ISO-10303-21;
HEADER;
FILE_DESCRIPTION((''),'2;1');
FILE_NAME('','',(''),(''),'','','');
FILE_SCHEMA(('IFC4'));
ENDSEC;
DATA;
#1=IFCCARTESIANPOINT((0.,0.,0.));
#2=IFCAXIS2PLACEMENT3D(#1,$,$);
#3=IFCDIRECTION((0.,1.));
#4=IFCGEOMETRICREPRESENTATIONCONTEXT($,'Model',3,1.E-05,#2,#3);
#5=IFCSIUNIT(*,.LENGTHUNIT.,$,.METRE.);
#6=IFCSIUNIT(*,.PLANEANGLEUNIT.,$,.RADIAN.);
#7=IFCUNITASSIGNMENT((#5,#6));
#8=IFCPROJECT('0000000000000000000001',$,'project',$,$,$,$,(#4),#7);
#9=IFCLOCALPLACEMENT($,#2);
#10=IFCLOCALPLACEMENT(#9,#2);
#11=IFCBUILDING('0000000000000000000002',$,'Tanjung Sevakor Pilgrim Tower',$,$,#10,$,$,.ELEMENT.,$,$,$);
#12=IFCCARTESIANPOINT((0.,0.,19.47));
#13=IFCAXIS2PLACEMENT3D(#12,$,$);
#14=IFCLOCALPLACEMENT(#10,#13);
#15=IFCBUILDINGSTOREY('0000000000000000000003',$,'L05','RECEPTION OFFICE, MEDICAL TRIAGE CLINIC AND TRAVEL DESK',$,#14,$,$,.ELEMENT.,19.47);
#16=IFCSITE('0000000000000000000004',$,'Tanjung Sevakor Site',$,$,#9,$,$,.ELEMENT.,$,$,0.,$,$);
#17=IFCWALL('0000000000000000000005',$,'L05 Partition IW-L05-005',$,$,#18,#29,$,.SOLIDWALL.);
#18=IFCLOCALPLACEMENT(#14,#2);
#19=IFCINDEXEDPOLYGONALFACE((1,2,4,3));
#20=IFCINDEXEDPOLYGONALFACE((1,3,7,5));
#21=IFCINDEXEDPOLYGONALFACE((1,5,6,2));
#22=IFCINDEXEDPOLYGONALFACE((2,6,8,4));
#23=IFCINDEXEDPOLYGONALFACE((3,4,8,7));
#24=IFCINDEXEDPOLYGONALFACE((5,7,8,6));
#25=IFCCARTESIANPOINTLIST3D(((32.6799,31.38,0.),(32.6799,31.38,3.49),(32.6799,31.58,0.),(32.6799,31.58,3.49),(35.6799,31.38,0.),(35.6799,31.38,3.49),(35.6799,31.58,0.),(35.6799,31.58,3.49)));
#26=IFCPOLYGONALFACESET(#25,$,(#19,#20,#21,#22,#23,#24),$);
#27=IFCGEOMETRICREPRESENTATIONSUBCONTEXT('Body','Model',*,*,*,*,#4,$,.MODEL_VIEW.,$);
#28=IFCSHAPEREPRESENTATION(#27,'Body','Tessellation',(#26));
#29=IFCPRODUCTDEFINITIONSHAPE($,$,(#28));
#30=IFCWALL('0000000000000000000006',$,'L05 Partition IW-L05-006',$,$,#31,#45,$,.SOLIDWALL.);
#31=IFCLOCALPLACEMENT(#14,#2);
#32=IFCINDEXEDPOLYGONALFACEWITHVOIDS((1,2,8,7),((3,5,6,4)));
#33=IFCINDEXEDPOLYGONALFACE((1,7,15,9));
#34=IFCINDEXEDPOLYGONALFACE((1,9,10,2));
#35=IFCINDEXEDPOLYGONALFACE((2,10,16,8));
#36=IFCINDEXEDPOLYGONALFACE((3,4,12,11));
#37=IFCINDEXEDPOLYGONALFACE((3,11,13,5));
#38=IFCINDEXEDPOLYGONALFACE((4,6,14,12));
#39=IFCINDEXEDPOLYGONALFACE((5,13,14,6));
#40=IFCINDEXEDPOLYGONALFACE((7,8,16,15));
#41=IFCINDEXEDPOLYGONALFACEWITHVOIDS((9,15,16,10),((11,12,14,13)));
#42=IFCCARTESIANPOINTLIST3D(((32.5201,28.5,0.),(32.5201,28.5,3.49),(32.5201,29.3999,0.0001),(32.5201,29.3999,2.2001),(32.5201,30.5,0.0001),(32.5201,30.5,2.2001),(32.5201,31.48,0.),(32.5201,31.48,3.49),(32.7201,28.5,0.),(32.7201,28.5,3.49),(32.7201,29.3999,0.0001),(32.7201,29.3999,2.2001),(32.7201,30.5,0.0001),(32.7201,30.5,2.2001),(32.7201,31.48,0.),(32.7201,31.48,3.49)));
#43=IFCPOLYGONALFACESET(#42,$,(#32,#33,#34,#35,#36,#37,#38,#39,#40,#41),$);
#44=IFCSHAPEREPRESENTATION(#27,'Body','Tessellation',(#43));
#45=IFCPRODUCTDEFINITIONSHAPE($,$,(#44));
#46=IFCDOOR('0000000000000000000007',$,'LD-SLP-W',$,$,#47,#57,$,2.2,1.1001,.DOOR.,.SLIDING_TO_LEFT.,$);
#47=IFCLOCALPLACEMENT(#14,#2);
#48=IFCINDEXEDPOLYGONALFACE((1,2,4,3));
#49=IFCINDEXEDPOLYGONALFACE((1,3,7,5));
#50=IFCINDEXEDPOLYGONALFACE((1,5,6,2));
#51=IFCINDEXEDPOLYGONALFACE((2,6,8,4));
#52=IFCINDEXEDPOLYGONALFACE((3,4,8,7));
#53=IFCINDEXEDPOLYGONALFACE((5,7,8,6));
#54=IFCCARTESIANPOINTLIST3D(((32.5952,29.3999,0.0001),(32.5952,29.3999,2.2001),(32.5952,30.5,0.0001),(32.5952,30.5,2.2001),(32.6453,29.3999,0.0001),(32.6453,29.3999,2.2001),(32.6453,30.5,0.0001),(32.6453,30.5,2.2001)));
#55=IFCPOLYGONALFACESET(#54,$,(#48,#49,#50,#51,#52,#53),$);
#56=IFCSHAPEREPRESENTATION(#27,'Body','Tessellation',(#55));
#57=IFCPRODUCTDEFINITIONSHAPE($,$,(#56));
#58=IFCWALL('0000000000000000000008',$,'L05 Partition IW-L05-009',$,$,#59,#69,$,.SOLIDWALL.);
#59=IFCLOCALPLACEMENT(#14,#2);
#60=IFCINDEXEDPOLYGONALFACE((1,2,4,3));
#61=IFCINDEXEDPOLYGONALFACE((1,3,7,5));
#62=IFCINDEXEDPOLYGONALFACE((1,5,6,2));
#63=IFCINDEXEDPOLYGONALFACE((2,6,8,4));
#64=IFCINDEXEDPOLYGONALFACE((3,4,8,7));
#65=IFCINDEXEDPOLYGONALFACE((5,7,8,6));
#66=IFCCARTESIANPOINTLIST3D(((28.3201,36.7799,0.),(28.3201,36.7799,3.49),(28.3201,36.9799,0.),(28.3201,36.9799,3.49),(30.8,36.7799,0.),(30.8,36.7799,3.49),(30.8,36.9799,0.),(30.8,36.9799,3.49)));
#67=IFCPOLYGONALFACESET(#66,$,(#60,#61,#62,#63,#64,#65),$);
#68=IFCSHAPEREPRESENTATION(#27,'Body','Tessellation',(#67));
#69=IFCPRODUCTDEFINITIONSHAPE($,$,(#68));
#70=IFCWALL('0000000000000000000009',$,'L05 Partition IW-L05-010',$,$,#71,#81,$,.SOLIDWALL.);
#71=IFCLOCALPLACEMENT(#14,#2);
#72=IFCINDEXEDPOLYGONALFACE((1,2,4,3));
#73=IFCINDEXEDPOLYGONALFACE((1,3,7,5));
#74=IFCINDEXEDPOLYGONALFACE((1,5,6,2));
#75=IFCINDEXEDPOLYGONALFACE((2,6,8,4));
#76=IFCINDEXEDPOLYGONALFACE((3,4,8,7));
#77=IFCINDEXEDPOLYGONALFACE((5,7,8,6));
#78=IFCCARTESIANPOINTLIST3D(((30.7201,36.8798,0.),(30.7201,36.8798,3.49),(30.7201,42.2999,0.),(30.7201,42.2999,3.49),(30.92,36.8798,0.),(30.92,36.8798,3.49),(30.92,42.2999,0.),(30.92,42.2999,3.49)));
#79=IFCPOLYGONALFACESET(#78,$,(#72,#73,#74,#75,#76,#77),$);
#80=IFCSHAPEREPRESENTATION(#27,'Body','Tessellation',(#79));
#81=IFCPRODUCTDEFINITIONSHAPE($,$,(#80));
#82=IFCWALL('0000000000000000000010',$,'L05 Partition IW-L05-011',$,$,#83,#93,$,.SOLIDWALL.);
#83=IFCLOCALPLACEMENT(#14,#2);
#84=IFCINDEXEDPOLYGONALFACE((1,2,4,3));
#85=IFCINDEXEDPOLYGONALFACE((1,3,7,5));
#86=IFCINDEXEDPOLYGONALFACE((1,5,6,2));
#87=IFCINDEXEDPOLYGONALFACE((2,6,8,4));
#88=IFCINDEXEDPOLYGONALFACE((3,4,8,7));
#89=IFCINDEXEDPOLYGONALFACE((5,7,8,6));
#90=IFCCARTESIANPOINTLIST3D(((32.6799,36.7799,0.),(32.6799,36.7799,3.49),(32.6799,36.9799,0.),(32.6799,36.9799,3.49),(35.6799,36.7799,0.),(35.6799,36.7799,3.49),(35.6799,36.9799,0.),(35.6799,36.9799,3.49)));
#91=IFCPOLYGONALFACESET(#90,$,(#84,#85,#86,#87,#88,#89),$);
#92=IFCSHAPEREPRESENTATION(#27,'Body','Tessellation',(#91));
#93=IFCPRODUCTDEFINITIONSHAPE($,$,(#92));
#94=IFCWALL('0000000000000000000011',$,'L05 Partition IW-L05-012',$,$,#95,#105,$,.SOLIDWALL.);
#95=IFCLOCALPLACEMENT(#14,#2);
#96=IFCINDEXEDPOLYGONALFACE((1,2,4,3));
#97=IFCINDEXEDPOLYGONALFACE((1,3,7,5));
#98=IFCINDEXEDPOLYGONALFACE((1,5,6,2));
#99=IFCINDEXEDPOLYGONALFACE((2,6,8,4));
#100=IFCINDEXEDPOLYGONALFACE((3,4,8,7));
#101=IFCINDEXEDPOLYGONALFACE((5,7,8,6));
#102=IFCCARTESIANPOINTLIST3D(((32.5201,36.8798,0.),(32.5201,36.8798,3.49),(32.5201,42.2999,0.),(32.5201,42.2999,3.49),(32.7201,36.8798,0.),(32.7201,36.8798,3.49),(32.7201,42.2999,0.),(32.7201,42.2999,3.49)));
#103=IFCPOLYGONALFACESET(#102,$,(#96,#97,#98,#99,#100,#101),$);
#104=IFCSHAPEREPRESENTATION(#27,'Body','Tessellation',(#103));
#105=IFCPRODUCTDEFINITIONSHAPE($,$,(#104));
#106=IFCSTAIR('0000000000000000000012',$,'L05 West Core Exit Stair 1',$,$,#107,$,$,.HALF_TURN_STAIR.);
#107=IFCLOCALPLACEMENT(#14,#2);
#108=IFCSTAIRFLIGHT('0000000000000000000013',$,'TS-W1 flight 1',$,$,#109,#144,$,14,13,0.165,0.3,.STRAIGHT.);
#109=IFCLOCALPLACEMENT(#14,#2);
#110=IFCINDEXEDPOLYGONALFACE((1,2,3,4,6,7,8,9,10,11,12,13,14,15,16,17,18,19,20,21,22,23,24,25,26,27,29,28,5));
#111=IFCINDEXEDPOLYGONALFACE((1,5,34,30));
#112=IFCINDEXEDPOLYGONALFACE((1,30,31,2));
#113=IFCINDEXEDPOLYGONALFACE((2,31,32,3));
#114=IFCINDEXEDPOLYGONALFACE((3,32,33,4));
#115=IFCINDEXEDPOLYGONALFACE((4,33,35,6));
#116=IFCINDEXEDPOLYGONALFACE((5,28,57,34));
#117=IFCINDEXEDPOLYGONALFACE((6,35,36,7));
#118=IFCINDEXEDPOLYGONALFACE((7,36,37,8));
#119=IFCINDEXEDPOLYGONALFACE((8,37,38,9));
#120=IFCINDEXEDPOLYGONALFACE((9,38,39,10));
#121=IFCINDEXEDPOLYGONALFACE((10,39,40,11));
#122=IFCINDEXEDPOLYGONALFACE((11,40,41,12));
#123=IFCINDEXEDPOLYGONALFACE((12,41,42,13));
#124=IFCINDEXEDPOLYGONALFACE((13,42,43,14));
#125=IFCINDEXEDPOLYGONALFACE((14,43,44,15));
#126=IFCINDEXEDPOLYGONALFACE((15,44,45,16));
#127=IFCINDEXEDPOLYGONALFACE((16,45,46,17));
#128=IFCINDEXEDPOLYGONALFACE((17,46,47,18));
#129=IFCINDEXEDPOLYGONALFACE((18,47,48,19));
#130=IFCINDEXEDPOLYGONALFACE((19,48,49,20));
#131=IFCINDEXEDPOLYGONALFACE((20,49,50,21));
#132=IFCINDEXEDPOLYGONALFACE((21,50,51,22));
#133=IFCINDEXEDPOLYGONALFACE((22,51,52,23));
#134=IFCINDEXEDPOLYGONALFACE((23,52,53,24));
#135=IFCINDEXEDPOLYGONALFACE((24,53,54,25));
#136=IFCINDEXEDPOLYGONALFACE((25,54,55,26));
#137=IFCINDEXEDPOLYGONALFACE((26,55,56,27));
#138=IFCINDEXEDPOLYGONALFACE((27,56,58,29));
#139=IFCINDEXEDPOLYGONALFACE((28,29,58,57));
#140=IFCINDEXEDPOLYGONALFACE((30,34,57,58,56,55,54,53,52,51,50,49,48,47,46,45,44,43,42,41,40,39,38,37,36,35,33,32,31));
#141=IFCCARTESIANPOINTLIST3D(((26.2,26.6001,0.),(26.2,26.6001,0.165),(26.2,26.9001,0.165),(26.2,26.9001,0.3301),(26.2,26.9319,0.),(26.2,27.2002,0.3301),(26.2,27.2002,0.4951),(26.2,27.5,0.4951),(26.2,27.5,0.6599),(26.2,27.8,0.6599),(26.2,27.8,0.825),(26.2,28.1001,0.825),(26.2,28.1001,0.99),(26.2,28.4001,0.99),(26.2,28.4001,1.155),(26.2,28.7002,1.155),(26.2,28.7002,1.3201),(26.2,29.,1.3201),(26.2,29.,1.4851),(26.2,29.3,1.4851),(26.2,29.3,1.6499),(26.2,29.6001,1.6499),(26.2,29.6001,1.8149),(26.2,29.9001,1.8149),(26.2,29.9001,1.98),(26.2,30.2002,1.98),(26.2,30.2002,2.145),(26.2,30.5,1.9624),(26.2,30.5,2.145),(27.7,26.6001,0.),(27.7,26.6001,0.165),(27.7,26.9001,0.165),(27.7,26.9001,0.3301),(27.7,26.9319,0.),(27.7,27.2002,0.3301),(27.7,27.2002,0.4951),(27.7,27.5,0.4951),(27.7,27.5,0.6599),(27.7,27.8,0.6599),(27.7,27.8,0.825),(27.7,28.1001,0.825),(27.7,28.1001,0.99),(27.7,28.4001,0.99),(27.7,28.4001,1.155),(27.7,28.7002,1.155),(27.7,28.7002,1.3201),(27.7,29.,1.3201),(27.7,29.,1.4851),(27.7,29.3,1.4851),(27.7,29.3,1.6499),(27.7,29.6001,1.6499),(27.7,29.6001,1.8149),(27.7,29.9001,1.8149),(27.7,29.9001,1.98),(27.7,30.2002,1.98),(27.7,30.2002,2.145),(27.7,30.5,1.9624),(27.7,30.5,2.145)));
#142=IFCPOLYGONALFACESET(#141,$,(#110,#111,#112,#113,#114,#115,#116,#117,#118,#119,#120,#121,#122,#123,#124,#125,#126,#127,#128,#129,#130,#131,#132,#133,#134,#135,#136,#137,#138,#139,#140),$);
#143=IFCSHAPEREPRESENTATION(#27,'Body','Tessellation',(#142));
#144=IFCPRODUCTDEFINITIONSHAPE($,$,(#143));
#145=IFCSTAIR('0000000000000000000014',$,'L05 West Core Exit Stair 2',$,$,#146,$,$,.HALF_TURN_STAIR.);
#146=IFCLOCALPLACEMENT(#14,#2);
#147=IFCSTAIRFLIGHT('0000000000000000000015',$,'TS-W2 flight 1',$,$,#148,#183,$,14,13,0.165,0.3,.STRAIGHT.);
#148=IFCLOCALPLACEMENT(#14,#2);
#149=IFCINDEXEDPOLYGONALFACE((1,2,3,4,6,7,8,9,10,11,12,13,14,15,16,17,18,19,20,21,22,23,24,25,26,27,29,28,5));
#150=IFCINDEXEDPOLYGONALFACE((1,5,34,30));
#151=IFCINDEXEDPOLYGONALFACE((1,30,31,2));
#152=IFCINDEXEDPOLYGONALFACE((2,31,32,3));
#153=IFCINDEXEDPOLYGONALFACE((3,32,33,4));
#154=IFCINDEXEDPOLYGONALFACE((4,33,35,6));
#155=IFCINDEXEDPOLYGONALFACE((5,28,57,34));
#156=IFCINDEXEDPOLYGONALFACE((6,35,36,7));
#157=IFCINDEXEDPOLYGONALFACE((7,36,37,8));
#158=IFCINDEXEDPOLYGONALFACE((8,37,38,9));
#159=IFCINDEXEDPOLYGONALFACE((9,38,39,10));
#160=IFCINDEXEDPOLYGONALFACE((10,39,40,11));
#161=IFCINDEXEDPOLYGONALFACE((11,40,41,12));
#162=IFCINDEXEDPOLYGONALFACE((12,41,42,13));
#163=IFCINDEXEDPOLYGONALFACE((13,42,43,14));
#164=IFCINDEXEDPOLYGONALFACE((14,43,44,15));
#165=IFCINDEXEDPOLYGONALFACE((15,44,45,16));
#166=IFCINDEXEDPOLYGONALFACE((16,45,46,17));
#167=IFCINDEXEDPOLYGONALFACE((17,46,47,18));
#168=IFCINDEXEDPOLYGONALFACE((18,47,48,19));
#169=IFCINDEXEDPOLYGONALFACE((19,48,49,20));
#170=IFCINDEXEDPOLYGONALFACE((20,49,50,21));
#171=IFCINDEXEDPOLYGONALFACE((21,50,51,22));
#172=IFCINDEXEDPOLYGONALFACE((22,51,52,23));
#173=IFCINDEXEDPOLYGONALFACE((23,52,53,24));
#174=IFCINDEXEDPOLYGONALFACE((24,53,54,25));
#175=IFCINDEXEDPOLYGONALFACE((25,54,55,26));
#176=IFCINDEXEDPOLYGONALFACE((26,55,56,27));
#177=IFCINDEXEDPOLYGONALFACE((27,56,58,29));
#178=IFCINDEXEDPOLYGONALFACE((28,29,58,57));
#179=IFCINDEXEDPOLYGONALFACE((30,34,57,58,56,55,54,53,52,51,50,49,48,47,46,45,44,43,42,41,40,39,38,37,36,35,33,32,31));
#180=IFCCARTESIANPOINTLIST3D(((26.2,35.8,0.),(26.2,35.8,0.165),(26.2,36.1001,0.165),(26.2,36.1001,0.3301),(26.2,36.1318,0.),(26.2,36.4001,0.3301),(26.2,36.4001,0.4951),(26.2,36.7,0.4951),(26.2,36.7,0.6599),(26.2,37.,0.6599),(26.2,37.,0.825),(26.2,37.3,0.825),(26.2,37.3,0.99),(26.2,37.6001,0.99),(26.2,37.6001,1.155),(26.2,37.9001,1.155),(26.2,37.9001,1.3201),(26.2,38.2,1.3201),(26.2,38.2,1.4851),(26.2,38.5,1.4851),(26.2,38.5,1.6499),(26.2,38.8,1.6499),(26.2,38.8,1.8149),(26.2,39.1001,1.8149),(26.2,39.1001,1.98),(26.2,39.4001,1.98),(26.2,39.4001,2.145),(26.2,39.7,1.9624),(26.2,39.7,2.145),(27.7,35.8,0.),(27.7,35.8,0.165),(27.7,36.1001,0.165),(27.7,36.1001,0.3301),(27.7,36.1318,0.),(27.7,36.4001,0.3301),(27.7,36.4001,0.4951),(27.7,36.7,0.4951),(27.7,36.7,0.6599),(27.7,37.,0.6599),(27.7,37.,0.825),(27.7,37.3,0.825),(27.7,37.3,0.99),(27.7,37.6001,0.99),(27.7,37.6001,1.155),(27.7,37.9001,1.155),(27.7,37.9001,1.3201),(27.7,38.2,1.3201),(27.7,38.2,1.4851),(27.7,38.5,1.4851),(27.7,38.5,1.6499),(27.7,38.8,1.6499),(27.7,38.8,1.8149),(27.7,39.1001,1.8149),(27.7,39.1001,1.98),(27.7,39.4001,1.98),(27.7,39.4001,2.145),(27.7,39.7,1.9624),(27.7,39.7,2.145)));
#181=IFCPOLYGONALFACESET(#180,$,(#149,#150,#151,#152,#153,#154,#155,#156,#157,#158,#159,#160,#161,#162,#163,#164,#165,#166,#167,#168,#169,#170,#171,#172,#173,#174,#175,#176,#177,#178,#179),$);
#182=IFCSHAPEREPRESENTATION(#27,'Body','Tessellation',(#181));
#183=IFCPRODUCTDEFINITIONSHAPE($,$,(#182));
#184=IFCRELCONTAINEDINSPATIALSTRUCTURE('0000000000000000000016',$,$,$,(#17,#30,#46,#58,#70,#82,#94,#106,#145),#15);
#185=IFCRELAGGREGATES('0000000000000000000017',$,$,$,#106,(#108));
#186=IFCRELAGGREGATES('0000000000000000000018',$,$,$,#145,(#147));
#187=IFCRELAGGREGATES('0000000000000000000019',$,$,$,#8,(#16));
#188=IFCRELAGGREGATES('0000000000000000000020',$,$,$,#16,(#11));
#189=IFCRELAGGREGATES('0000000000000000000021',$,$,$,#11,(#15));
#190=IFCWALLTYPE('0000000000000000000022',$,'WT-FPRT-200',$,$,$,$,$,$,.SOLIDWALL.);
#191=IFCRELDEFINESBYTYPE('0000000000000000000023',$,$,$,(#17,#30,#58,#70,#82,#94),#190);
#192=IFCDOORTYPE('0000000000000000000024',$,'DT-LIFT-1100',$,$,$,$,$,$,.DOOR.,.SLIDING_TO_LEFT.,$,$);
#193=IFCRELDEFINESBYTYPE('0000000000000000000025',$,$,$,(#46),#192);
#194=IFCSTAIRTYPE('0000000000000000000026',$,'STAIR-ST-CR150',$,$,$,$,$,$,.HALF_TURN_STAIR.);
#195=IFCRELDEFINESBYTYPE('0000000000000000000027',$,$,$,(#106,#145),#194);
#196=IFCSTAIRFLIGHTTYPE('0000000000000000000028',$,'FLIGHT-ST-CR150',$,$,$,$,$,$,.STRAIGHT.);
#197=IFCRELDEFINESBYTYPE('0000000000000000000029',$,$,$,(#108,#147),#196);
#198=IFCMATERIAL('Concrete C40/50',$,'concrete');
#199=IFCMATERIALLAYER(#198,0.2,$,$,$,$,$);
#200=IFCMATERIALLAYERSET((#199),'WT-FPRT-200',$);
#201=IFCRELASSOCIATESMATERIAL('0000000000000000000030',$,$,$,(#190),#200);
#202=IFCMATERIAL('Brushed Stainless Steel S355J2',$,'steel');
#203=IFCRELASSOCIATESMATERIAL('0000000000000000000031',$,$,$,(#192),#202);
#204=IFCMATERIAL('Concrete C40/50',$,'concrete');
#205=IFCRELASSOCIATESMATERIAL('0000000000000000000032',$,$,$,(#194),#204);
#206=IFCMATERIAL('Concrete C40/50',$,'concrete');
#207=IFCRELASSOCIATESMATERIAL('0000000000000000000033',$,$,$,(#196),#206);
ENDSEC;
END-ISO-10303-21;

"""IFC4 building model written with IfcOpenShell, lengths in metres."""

from ifc_helpers import new_model, si_unit, direction, frame, frame_2d, origin, place, context, subcontext, project, spatial, polyline, rectangle, outline, extrude, material, layer, layer_set, type_object, element, fill, aggregate, save


model = new_model("IFC4")

# Units and contexts
model_context = context("Model", 3, precision=1e-05, world=origin(), true_north=direction((0.0, 1.0)))
body_context = subcontext(model_context, "Body", "Model", "MODEL_VIEW")
ifc_project = project(units=[si_unit("LENGTHUNIT", "METRE"), si_unit("PLANEANGLEUNIT", "RADIAN")], contexts=[model_context])

# Site, building, storey
site_placement = place(None, origin())
site = spatial("IfcSite", under=ifc_project, at=site_placement, Name="Tanjung Sevakor Site", CompositionType="ELEMENT", RefElevation=0.0)
building_placement = place(site_placement, origin())
building = spatial("IfcBuilding", under=site, at=building_placement, Name="Tanjung Sevakor Pilgrim Tower", CompositionType="ELEMENT")
storey_placement = place(building_placement, frame((0.0, 0.0, 19.47)))
storey = spatial("IfcBuildingStorey", under=building, at=storey_placement, Name="L05", Description="RECEPTION OFFICE, MEDICAL TRIAGE CLINIC AND TRAVEL DESK", CompositionType="ELEMENT", Elevation=19.47)

# Shared definitions
ifc_material_1 = material(Name="Concrete C40/50", Category="concrete")
ifc_layer_1 = layer(ifc_material_1, 0.2)
ifc_layer_set_1 = layer_set([ifc_layer_1], Name="WT-FPRT-200")
wall_type_1 = type_object("IfcWallType", Name="WT-FPRT-200", PredefinedType="SOLIDWALL", material=ifc_layer_set_1)

# Shared definitions
ifc_material_2 = material(Name="Brushed Stainless Steel S355J2", Category="steel")
door_type_1 = type_object("IfcDoorType", Name="DT-LIFT-1100", OperationType="SLIDING_TO_LEFT", PredefinedType="DOOR", material=ifc_material_2)

# Wall
wall_1_placement = place(storey_placement, frame((32.6799, 31.48, 0.0), z_axis=(0.0, 0.0, 1.0), x_axis=(1.0, 0.0, 0.0)))
element("IfcWall", 1, at=wall_1_placement, inside=storey, type_object=wall_type_1, Name="L05 Partition IW-L05-005", PredefinedType="SOLIDWALL", context=body_context, shape_type="SweptSolid", body=[
    extrude(rectangle(XDim=3.0, YDim=0.2, at=frame_2d((1.5, 0.0))), origin(), (0.0, 0.0, 1.0), 3.49),
])

# Wall, opening, door
wall_2_placement = place(storey_placement, frame((32.6201, 28.5, 0.0), z_axis=(0.0, 0.0, 1.0), x_axis=(0.0, 1.0, 0.0)))
wall_2 = element("IfcWall", 2, at=wall_2_placement, inside=storey, type_object=wall_type_1, Name="L05 Partition IW-L05-006", PredefinedType="SOLIDWALL", context=body_context, shape_type="SweptSolid", body=[
    extrude(rectangle(XDim=2.98, YDim=0.2, at=frame_2d((1.49, 0.0))), origin(), (0.0, 0.0, 1.0), 3.49),
])
opening_1_placement = place(wall_2_placement, frame((0.8999, 0.0, 0.0)))
opening_1 = element("IfcOpeningElement", 3, at=opening_1_placement, cuts=wall_2, PredefinedType="OPENING", context=body_context, shape_type="SweptSolid", body=[
    extrude(rectangle(XDim=1.1001, YDim=2.2, at=frame_2d((0.55, 1.1001))), frame((0.0, 0.1099, 0.0), z_axis=(0.0, -1.0, 0.0), x_axis=(1.0, 0.0, 0.0)), (0.0, 0.0, 1.0), 0.22),
])
door_1_placement = place(opening_1_placement, origin())
door_1 = element("IfcDoor", 4, at=door_1_placement, inside=storey, type_object=door_type_1, Name="LD-SLP-W", OperationType="SLIDING_TO_LEFT", OverallHeight=2.2, OverallWidth=1.1001, PredefinedType="DOOR", context=body_context, shape_type="SweptSolid", body=[
    extrude(rectangle(XDim=1.1001, YDim=2.2, at=frame_2d((0.55, 1.1001))), frame((0.0, 0.0249, 0.0), z_axis=(0.0, -1.0, 0.0), x_axis=(1.0, 0.0, 0.0)), (0.0, 0.0, 1.0), 0.05),
])
fill(opening_1, door_1)

# Walls
wall_3_placement = place(storey_placement, frame((28.3201, 36.8799, 0.0), z_axis=(0.0, 0.0, 1.0), x_axis=(1.0, 0.0, 0.0)))
element("IfcWall", 5, at=wall_3_placement, inside=storey, type_object=wall_type_1, Name="L05 Partition IW-L05-009", PredefinedType="SOLIDWALL", context=body_context, shape_type="SweptSolid", body=[
    extrude(rectangle(XDim=2.48, YDim=0.2, at=frame_2d((1.24, 0.0))), origin(), (0.0, 0.0, 1.0), 3.49),
])
wall_4_placement = place(storey_placement, frame((30.8201, 36.8799, 0.0), z_axis=(0.0, 0.0, 1.0), x_axis=(0.0, 1.0, 0.0)))
element("IfcWall", 6, at=wall_4_placement, inside=storey, type_object=wall_type_1, Name="L05 Partition IW-L05-010", PredefinedType="SOLIDWALL", context=body_context, shape_type="SweptSolid", body=[
    extrude(rectangle(XDim=5.4202, YDim=0.2, at=frame_2d((2.71, 0.0))), origin(), (0.0, 0.0, 1.0), 3.49),
])
wall_5_placement = place(storey_placement, frame((32.6799, 36.8799, 0.0), z_axis=(0.0, 0.0, 1.0), x_axis=(1.0, 0.0, 0.0)))
element("IfcWall", 7, at=wall_5_placement, inside=storey, type_object=wall_type_1, Name="L05 Partition IW-L05-011", PredefinedType="SOLIDWALL", context=body_context, shape_type="SweptSolid", body=[
    extrude(rectangle(XDim=3.0, YDim=0.2, at=frame_2d((1.5, 0.0))), origin(), (0.0, 0.0, 1.0), 3.49),
])
wall_6_placement = place(storey_placement, frame((32.6201, 36.8799, 0.0), z_axis=(0.0, 0.0, 1.0), x_axis=(0.0, 1.0, 0.0)))
element("IfcWall", 8, at=wall_6_placement, inside=storey, type_object=wall_type_1, Name="L05 Partition IW-L05-012", PredefinedType="SOLIDWALL", context=body_context, shape_type="SweptSolid", body=[
    extrude(rectangle(XDim=5.4202, YDim=0.2, at=frame_2d((2.71, 0.0))), origin(), (0.0, 0.0, 1.0), 3.49),
])

# Stairs, stair flights
ifc_material_3 = material(Name="Concrete C40/50", Category="concrete")
stair_type = type_object("IfcStairType", Name="STAIR-ST-CR150", PredefinedType="HALF_TURN_STAIR", material=ifc_material_3)
stair_1_placement = place(storey_placement, origin())
stair_1 = element("IfcStair", 9, at=stair_1_placement, inside=storey, type_object=stair_type, Name="L05 West Core Exit Stair 1", PredefinedType="HALF_TURN_STAIR")
ifc_material_4 = material(Name="Concrete C40/50", Category="concrete")
stair_flight_type = type_object("IfcStairFlightType", Name="FLIGHT-ST-CR150", PredefinedType="STRAIGHT", material=ifc_material_4)
stair_flight_1_placement = place(storey_placement, frame((26.95, 26.6001, 0.0), z_axis=(0.0, 0.0, 1.0), x_axis=(0.0, 1.0, 0.0)))
stair_flight_1 = element("IfcStairFlight", 10, at=stair_flight_1_placement, type_object=stair_flight_type, Name="TS-W1 flight 1", NumberOfRisers=14, NumberOfTreads=13, PredefinedType="STRAIGHT", RiserHeight=0.165, TreadLength=0.3, context=body_context, shape_type="SweptSolid", body=[
    extrude(outline(polyline([(0.0, 0.0), (0.0, 0.165), (0.3, 0.165), (0.3, 0.3301), (0.6001, 0.3301), (0.6001, 0.4951), (0.8999, 0.4951), (0.8999, 0.6599), (1.2, 0.6599), (1.2, 0.825), (1.5, 0.825), (1.5, 0.99), (1.8, 0.99), (1.8, 1.155), (2.1001, 1.155), (2.1001, 1.3201), (2.3999, 1.3201), (2.3999, 1.4851), (2.7, 1.4851), (2.7, 1.6499), (3.0, 1.6499), (3.0, 1.8149), (3.3, 1.8149), (3.3, 1.98), (3.6001, 1.98), (3.6001, 2.145), (3.8999, 2.145), (3.8999, 2.3101), (3.8999, 1.9624), (0.3318, 0.0), (0.0, 0.0)])), frame((0.0, 0.75, 0.0), z_axis=(0.0, -1.0, 0.0), x_axis=(1.0, 0.0, 0.0)), (0.0, 0.0, 1.0), 1.5),
])
aggregate(stair_1, [stair_flight_1])
stair_2_placement = place(storey_placement, origin())
stair_2 = element("IfcStair", 11, at=stair_2_placement, inside=storey, type_object=stair_type, Name="L05 West Core Exit Stair 2", PredefinedType="HALF_TURN_STAIR")
stair_flight_2_placement = place(storey_placement, frame((26.95, 35.8, 0.0), z_axis=(0.0, 0.0, 1.0), x_axis=(0.0, 1.0, 0.0)))
stair_flight_2 = element("IfcStairFlight", 12, at=stair_flight_2_placement, type_object=stair_flight_type, Name="TS-W2 flight 1", NumberOfRisers=14, NumberOfTreads=13, PredefinedType="STRAIGHT", RiserHeight=0.165, TreadLength=0.3, context=body_context, shape_type="SweptSolid", body=[
    extrude(outline(polyline([(0.0, 0.0), (0.0, 0.165), (0.3, 0.165), (0.3, 0.3301), (0.6001, 0.3301), (0.6001, 0.4951), (0.8999, 0.4951), (0.8999, 0.6599), (1.2, 0.6599), (1.2, 0.825), (1.5, 0.825), (1.5, 0.99), (1.8, 0.99), (1.8, 1.155), (2.1001, 1.155), (2.1001, 1.3201), (2.3999, 1.3201), (2.3999, 1.4851), (2.7, 1.4851), (2.7, 1.6499), (3.0, 1.6499), (3.0, 1.8149), (3.3, 1.8149), (3.3, 1.98), (3.6001, 1.98), (3.6001, 2.145), (3.8999, 2.145), (3.8999, 2.3101), (3.8999, 1.9624), (0.3318, 0.0), (0.0, 0.0)])), frame((0.0, 0.75, 0.0), z_axis=(0.0, -1.0, 0.0), x_axis=(1.0, 0.0, 0.0)), (0.0, 0.0, 1.0), 1.5),
])
aggregate(stair_2, [stair_flight_2])

save(model, "model.ifc")
